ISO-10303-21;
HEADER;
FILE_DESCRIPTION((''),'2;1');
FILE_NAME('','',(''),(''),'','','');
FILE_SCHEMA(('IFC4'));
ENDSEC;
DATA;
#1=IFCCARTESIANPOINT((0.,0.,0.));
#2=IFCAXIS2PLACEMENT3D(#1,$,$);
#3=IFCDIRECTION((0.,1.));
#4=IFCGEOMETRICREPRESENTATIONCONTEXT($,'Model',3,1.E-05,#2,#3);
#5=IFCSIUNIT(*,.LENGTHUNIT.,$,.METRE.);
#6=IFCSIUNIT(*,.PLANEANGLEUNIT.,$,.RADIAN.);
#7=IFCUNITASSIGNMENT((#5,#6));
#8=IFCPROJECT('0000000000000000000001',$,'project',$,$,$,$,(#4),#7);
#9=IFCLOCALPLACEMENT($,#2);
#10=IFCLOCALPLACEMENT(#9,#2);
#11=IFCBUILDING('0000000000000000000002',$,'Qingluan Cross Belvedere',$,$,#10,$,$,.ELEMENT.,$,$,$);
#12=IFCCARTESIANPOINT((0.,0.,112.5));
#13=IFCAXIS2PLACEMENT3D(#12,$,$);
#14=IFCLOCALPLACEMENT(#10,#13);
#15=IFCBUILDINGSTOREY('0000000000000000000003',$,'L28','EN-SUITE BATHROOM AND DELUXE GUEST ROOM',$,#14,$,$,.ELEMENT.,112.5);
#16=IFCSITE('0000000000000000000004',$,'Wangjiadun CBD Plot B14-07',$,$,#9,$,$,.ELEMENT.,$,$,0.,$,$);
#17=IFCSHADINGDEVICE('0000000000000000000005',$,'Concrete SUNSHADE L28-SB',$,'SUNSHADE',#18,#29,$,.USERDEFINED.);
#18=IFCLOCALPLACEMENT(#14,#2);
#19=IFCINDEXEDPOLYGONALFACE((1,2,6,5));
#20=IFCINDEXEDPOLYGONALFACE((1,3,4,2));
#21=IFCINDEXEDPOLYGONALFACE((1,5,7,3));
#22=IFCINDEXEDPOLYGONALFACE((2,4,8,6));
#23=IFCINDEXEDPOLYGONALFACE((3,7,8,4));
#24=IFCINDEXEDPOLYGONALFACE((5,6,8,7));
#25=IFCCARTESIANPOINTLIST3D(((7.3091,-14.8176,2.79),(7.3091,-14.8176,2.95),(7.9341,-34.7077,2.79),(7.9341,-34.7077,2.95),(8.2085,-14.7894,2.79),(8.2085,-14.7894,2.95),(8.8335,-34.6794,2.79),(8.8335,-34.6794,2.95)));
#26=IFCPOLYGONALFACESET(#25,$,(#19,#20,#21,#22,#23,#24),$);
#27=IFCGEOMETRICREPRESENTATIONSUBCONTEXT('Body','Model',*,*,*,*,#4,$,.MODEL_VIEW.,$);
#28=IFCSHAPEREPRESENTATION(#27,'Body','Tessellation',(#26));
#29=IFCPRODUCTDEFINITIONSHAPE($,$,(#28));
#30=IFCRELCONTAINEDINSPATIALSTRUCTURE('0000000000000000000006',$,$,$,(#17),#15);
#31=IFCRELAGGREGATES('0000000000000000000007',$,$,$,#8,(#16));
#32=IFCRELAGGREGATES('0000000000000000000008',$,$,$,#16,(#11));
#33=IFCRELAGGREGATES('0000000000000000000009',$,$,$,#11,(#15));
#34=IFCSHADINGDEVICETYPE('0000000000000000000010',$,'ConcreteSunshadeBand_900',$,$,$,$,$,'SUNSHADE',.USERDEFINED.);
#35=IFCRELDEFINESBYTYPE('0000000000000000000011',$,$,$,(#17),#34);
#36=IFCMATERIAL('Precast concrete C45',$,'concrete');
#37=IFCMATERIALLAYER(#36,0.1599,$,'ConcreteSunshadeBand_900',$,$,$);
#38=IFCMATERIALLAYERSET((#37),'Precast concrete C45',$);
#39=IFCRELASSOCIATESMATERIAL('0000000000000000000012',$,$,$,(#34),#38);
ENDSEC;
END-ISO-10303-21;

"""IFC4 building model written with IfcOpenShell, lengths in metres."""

from ifc_helpers import new_model, si_unit, direction, frame, origin, origin_2d, place, context, subcontext, project, spatial, rectangle, extrude, material, layer, layer_set, type_object, element, save


model = new_model("IFC4")

# Units and contexts
model_context = context("Model", 3, precision=1e-05, world=origin(), true_north=direction((0.0, 1.0)))
body_context = subcontext(model_context, "Body", "Model", "MODEL_VIEW")
ifc_project = project(units=[si_unit("LENGTHUNIT", "METRE"), si_unit("PLANEANGLEUNIT", "RADIAN")], contexts=[model_context])

# Site, building, storey
site_placement = place(None, origin())
site = spatial("IfcSite", under=ifc_project, at=site_placement, Name="Wangjiadun CBD Plot B14-07", CompositionType="ELEMENT", RefElevation=0.0)
building_placement = place(site_placement, origin())
building = spatial("IfcBuilding", under=site, at=building_placement, Name="Qingluan Cross Belvedere", CompositionType="ELEMENT")
storey_placement = place(building_placement, frame((0.0, 0.0, 112.5)))
storey = spatial("IfcBuildingStorey", under=building, at=storey_placement, Name="L28", Description="EN-SUITE BATHROOM AND DELUXE GUEST ROOM", CompositionType="ELEMENT", Elevation=112.5)

# Shading device
ifc_material_1 = material(Name="Precast concrete C45", Category="concrete")
ifc_layer_1 = layer(ifc_material_1, 0.1599, Name="ConcreteSunshadeBand_900")
ifc_layer_set_1 = layer_set([ifc_layer_1], Name="Precast concrete C45")
shading_device_type = type_object("IfcShadingDeviceType", Name="ConcreteSunshadeBand_900", ElementType="SUNSHADE", PredefinedType="USERDEFINED", material=ifc_layer_set_1)
shading_device_placement = place(storey_placement, frame((8.0713, -24.7485, 2.79), z_axis=(0.0, 0.0, 1.0), x_axis=(-0.031408, 0.999507, 0.0)))
element("IfcShadingDevice", 1, at=shading_device_placement, inside=storey, type_object=shading_device_type, Name="Concrete SUNSHADE L28-SB", ObjectType="SUNSHADE", PredefinedType="USERDEFINED", context=body_context, shape_type="SweptSolid", body=[
    extrude(rectangle(XDim=19.8999, YDim=0.8999, at=origin_2d()), origin(), (0.0, 0.0, 1.0), 0.1599),
])

save(model, "model.ifc")
